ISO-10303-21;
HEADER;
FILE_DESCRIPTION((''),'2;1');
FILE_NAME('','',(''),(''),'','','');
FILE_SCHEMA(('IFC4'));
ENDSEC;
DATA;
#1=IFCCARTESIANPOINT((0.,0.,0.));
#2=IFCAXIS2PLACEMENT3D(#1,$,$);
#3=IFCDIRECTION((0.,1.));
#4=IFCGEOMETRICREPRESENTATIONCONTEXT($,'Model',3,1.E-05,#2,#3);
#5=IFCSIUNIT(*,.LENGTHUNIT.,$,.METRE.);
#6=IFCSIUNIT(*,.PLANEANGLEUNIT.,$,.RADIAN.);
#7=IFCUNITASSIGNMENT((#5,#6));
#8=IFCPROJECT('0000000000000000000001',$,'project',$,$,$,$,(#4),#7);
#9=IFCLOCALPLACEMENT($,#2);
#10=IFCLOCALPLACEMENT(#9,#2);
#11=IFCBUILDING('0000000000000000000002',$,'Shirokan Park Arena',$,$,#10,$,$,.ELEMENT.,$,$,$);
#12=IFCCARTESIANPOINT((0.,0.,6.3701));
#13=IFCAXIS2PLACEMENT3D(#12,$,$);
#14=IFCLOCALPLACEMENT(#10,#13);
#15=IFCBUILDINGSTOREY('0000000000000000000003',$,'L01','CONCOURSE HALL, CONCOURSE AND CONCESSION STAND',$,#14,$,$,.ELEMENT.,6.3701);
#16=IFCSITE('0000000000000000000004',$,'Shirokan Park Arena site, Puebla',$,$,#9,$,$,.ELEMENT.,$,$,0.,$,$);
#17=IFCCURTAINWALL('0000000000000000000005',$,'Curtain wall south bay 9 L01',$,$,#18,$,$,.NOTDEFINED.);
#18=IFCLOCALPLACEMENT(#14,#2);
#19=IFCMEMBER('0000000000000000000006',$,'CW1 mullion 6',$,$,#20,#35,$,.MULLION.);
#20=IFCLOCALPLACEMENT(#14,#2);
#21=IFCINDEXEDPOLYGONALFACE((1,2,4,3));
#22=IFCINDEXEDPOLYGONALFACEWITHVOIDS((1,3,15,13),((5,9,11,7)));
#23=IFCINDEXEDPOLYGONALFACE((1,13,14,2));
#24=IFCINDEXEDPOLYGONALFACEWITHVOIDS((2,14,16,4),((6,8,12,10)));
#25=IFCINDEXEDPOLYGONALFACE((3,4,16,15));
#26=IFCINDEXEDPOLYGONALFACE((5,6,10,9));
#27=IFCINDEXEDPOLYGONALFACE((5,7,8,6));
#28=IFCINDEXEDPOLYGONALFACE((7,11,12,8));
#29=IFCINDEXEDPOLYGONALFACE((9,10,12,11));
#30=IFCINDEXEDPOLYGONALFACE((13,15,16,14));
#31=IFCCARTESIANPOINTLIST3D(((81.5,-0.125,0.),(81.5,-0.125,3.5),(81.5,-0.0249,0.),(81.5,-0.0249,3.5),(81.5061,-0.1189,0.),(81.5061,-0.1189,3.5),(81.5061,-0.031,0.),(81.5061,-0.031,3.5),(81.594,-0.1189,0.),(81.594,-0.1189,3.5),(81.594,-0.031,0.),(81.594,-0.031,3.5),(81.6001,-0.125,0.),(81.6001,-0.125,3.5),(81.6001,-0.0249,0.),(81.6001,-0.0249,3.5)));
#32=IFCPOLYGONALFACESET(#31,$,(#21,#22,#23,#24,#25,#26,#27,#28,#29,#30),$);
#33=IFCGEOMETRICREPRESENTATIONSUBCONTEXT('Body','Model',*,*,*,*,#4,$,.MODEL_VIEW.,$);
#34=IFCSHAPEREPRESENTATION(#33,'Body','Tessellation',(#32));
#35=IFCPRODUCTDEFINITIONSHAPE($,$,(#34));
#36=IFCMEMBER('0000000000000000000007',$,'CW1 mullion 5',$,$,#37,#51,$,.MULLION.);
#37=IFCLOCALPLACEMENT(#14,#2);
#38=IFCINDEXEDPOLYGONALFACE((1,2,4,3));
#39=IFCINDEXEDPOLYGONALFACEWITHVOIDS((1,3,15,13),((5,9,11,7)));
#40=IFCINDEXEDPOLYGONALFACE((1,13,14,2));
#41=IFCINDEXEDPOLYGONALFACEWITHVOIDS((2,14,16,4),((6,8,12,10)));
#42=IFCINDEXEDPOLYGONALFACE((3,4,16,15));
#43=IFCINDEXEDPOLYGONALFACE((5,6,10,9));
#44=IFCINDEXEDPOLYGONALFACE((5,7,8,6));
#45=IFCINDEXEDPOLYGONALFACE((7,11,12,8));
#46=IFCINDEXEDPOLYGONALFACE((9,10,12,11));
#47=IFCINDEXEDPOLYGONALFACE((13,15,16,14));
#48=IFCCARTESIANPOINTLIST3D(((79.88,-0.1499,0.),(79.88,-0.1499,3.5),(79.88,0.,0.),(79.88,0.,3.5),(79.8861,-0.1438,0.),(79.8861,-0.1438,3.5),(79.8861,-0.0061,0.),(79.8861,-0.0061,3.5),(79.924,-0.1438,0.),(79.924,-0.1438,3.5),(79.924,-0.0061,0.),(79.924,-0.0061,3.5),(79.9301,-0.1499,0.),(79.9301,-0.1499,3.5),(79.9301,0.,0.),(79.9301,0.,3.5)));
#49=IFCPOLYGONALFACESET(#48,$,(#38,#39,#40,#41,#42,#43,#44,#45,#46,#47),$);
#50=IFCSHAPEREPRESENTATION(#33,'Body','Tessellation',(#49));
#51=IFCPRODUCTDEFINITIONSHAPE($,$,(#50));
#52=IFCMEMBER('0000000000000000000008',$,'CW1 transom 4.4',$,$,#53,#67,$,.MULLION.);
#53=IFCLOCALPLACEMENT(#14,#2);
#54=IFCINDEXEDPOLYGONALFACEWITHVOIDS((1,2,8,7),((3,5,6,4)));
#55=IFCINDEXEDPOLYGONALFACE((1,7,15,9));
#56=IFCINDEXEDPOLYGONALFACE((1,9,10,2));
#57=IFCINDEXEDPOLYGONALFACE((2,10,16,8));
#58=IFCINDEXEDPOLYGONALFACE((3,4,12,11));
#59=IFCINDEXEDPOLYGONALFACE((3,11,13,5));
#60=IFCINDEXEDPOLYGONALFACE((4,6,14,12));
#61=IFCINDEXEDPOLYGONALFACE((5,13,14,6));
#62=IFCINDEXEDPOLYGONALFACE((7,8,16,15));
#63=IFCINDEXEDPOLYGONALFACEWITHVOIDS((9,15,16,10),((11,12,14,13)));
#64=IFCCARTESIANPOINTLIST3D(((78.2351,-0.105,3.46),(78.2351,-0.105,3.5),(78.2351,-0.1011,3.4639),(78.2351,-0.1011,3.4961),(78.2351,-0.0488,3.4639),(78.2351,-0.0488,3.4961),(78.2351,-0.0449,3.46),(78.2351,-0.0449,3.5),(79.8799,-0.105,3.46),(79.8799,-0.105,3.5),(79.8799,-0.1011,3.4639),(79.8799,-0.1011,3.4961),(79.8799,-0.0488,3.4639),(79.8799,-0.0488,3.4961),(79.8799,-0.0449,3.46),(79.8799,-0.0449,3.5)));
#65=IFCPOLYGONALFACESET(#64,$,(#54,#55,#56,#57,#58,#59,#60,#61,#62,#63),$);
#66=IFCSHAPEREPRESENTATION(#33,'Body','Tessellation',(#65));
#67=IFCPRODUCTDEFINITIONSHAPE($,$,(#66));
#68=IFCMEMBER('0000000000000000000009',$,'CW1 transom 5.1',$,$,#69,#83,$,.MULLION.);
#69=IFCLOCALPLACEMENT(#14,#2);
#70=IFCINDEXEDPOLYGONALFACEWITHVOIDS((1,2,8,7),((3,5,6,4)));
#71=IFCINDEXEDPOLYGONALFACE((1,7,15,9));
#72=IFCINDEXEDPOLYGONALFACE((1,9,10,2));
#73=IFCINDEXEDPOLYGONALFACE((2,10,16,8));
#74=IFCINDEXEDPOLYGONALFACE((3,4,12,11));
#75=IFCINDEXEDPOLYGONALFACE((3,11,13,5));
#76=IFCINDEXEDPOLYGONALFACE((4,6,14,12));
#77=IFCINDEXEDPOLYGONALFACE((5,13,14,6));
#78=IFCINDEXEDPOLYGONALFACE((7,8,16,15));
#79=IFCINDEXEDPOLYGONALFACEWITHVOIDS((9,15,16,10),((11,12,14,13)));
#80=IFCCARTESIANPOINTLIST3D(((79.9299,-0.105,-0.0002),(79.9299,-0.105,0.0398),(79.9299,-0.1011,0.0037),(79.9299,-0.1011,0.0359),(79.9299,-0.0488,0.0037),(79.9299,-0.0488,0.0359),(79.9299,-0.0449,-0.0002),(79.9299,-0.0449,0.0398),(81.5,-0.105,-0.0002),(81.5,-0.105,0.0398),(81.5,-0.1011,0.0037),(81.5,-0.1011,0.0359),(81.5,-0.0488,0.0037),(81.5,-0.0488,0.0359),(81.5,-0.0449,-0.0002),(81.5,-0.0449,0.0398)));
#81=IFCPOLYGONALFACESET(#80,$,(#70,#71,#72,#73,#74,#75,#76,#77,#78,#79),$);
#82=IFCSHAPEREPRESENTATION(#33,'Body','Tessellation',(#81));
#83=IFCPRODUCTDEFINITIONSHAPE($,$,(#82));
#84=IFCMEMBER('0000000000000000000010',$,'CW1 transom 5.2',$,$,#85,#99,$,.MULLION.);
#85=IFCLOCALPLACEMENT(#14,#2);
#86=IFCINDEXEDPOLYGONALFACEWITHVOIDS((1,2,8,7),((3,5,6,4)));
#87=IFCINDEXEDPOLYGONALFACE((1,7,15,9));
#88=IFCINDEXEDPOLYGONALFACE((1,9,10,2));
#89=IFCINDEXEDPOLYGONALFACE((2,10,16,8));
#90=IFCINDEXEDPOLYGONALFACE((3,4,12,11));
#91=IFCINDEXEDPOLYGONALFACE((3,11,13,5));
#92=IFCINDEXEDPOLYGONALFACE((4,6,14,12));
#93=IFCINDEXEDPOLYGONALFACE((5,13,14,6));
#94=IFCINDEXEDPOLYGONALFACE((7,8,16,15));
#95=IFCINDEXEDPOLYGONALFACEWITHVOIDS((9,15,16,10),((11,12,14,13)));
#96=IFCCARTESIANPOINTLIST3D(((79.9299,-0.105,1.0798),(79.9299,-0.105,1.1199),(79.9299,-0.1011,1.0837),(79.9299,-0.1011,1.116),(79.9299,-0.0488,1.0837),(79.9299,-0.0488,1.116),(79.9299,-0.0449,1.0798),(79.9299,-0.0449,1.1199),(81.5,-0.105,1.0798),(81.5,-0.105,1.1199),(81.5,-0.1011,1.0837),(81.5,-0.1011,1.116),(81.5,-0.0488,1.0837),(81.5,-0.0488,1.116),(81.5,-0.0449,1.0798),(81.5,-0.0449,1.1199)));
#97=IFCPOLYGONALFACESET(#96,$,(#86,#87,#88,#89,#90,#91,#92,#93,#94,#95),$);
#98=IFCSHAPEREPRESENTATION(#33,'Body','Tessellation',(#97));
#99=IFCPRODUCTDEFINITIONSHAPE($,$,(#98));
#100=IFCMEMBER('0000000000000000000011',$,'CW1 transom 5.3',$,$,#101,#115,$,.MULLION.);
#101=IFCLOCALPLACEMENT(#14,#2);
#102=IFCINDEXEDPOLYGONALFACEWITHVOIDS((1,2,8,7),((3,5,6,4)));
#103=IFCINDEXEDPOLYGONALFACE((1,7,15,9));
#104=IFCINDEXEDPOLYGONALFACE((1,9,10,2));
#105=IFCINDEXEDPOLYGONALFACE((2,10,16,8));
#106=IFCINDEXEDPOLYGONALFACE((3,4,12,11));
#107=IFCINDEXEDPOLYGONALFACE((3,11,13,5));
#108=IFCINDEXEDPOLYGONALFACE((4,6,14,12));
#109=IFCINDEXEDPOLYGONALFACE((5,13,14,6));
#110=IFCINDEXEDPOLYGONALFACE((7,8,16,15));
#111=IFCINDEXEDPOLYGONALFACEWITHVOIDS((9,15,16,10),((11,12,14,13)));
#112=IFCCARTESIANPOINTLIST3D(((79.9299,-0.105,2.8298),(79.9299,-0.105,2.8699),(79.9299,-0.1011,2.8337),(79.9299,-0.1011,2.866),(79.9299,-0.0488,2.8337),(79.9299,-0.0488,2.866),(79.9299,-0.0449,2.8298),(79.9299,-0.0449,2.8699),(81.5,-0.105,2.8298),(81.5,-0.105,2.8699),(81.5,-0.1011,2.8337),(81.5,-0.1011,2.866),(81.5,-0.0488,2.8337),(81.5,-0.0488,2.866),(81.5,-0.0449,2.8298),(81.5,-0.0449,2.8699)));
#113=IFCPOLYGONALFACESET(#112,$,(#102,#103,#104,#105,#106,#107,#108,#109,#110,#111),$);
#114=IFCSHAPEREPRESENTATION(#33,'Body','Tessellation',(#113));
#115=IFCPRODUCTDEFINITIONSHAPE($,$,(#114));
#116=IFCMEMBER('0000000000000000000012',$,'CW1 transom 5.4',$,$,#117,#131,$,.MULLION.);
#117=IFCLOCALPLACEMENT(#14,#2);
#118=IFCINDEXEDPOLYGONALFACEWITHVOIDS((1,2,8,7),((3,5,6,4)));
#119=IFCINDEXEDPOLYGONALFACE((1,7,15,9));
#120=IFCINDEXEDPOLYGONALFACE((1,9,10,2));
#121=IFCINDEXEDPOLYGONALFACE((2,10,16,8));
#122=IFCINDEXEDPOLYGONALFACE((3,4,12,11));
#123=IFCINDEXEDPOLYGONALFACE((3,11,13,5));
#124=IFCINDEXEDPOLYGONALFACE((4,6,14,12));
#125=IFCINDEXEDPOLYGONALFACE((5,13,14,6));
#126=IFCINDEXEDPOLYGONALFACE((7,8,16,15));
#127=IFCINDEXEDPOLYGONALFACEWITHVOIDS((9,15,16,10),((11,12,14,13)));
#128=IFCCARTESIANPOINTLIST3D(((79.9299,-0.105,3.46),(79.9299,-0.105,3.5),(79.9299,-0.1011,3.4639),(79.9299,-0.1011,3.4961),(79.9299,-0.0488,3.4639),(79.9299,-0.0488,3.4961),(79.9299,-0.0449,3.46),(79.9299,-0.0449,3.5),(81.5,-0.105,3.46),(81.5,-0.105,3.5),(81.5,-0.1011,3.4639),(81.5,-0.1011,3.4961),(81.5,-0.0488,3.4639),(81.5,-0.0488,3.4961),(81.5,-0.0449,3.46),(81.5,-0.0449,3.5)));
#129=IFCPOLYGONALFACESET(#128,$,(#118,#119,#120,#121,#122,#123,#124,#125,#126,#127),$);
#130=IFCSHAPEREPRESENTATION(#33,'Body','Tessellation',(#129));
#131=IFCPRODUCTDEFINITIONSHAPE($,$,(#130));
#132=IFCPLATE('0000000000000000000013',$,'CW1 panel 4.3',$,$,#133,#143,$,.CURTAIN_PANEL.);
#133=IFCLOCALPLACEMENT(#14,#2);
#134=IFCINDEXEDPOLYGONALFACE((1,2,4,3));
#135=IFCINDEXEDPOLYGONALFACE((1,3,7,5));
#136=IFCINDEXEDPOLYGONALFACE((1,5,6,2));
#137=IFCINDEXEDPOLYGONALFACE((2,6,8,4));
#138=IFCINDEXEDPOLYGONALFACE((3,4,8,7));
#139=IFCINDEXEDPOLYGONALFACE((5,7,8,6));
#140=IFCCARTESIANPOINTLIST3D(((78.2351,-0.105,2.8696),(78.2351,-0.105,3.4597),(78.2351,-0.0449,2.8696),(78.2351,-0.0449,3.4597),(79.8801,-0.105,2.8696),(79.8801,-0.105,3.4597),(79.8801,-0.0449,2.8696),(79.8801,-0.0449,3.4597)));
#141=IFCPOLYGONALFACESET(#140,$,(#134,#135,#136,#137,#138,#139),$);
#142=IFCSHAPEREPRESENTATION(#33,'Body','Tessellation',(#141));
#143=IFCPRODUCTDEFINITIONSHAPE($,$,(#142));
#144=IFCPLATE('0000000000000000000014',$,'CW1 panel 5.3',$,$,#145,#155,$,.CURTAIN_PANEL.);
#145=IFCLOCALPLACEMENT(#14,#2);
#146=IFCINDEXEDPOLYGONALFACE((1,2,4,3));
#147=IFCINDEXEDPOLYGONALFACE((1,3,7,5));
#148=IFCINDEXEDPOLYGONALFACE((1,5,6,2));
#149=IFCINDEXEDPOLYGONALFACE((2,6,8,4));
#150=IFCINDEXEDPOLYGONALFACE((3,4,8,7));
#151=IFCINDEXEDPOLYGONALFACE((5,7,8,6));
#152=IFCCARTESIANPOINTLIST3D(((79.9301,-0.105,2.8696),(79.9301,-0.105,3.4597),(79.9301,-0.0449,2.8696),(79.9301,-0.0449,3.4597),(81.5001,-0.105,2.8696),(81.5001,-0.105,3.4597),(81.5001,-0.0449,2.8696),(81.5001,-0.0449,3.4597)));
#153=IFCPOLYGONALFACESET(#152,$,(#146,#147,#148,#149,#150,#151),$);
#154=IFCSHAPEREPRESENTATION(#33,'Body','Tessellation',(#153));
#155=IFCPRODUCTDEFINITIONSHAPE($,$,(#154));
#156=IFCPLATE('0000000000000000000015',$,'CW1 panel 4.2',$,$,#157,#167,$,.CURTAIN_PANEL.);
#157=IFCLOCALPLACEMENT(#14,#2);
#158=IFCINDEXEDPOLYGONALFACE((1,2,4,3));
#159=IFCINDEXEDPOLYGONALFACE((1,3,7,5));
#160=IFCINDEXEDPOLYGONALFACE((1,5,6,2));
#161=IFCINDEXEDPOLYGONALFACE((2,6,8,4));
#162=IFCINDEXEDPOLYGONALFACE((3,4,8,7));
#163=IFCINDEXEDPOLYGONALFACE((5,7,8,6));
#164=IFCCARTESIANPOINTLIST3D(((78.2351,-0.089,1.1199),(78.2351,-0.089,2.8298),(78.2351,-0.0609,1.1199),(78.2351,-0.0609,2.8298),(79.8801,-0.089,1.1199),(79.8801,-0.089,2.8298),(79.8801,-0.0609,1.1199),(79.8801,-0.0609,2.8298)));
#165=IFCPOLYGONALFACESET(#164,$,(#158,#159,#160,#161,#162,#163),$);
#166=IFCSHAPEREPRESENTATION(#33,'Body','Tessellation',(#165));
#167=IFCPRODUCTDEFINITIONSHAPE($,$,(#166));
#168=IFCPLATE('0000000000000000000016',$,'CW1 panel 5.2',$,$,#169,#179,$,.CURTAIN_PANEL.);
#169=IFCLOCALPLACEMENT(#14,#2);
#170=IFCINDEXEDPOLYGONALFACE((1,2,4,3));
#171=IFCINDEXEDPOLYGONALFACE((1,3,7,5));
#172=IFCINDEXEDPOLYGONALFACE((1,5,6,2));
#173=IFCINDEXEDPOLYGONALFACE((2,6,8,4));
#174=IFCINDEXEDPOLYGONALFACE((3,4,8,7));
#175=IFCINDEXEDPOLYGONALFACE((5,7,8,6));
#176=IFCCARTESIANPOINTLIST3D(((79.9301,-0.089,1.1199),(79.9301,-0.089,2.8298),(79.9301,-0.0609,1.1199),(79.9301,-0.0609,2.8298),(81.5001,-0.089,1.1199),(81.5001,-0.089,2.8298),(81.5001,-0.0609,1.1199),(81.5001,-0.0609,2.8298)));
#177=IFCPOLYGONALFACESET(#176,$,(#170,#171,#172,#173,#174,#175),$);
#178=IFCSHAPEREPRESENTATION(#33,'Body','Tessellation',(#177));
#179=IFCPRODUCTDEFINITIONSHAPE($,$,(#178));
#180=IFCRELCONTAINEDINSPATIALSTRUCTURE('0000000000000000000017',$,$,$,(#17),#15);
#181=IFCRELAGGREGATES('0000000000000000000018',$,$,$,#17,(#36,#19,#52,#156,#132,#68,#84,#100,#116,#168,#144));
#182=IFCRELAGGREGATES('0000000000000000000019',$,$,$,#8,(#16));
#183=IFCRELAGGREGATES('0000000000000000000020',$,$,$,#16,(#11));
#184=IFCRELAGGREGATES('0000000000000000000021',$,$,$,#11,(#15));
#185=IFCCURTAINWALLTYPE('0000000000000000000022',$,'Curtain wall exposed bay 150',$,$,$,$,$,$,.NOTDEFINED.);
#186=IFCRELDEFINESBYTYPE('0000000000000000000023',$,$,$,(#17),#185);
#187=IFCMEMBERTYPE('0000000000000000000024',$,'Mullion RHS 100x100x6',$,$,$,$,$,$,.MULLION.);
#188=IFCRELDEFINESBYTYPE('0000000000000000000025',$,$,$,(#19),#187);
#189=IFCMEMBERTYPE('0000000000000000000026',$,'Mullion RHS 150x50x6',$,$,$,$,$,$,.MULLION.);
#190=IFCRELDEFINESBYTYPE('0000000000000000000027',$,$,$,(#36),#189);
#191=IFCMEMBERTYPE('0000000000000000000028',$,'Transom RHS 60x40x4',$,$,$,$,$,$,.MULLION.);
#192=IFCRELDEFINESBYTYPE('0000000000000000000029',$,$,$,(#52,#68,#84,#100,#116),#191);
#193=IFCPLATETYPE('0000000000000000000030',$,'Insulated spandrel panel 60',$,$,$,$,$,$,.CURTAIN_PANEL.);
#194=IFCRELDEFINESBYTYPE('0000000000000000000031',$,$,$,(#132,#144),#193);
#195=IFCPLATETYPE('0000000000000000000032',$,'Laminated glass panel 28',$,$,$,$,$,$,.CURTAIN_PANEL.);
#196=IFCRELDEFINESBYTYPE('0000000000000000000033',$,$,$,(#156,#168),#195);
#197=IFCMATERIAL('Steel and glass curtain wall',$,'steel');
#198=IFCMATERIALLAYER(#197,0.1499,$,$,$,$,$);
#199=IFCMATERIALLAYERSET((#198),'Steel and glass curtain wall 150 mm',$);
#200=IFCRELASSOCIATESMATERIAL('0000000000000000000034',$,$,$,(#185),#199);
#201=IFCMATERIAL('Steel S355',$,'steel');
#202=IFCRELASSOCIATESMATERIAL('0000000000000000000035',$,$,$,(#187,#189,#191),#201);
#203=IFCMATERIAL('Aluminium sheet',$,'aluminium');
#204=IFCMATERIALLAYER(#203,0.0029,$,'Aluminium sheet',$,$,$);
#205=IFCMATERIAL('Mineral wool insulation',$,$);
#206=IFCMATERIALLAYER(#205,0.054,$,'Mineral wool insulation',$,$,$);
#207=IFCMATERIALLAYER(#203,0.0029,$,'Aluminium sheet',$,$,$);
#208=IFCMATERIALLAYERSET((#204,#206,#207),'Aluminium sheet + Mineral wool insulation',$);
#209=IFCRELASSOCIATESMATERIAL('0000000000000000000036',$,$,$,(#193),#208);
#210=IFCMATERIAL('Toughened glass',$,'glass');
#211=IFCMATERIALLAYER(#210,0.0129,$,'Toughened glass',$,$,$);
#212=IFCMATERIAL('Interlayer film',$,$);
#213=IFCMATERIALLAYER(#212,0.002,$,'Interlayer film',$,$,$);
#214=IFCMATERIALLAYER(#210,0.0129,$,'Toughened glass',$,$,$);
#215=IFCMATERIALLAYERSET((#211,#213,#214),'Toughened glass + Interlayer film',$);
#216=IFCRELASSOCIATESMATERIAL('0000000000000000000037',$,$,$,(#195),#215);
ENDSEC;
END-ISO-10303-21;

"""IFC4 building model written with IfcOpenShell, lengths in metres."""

from ifc_helpers import new_model, si_unit, direction, frame, origin, origin_2d, place, context, subcontext, project, spatial, rectangle, hollow_rectangle, extrude, material, layer, layer_set, material_profile, profile_set, type_object, element, aggregate, save


model = new_model("IFC4")

# Units and contexts
model_context = context("Model", 3, precision=1e-05, world=origin(), true_north=direction((0.0, 1.0)))
body_context = subcontext(model_context, "Body", "Model", "MODEL_VIEW")
ifc_project = project(units=[si_unit("LENGTHUNIT", "METRE"), si_unit("PLANEANGLEUNIT", "RADIAN")], contexts=[model_context])

# Site, building, storey
site_placement = place(None, origin())
site = spatial("IfcSite", under=ifc_project, at=site_placement, Name="Shirokan Park Arena site, Puebla", CompositionType="ELEMENT", RefElevation=0.0)
building_placement = place(site_placement, origin())
building = spatial("IfcBuilding", under=site, at=building_placement, Name="Shirokan Park Arena", CompositionType="ELEMENT")
storey_placement = place(building_placement, frame((0.0, 0.0, 6.3701)))
storey = spatial("IfcBuildingStorey", under=building, at=storey_placement, Name="L01", Description="CONCOURSE HALL, CONCOURSE AND CONCESSION STAND", CompositionType="ELEMENT", Elevation=6.3701)

# Curtain wall, members, plates
ifc_material_1 = material(Name="Steel and glass curtain wall", Category="steel")
ifc_layer_1 = layer(ifc_material_1, 0.1499)
ifc_layer_set_1 = layer_set([ifc_layer_1], Name="Steel and glass curtain wall 150 mm")
curtain_wall_type = type_object("IfcCurtainWallType", Name="Curtain wall exposed bay 150", PredefinedType="NOTDEFINED", material=ifc_layer_set_1)
curtain_wall_placement = place(storey_placement, origin())
curtain_wall = element("IfcCurtainWall", 1, at=curtain_wall_placement, inside=storey, type_object=curtain_wall_type, Name="Curtain wall south bay 9 L01", PredefinedType="NOTDEFINED")
ifc_material_2 = material(Name="Steel S355", Category="steel")
ifc_material_profile_1 = material_profile(ifc_material_2, hollow_rectangle(XDim=0.1001, YDim=0.1001, WallThickness=0.0061, at=origin_2d()), Name="RHS 100x100x6")
ifc_profile_set_1 = profile_set([ifc_material_profile_1], Name="Steel S355")
member_type_1 = type_object("IfcMemberType", Name="Mullion RHS 100x100x6", PredefinedType="MULLION", material=ifc_profile_set_1)
member_1_placement = place(storey_placement, frame((81.55, -0.075, 0.0), z_axis=(0.0, 0.0, 1.0), x_axis=(0.0, 1.0, 0.0)))
member_1 = element("IfcMember", 2, at=member_1_placement, type_object=member_type_1, Name="CW1 mullion 6", PredefinedType="MULLION", context=body_context, shape_type="SweptSolid", body=[
    extrude(hollow_rectangle(XDim=0.1001, YDim=0.1001, WallThickness=0.0061, at=origin_2d()), origin(), (0.0, 0.0, 1.0), 3.5),
])
ifc_material_profile_2 = material_profile(ifc_material_2, hollow_rectangle(XDim=0.1499, YDim=0.05, WallThickness=0.0061, at=origin_2d()), Name="RHS 150x50x6")
ifc_profile_set_2 = profile_set([ifc_material_profile_2], Name="Steel S355")
member_type_2 = type_object("IfcMemberType", Name="Mullion RHS 150x50x6", PredefinedType="MULLION", material=ifc_profile_set_2)
member_2_placement = place(storey_placement, frame((79.905, -0.075, 0.0), z_axis=(0.0, 0.0, 1.0), x_axis=(0.0, 1.0, 0.0)))
member_2 = element("IfcMember", 3, at=member_2_placement, type_object=member_type_2, Name="CW1 mullion 5", PredefinedType="MULLION", context=body_context, shape_type="SweptSolid", body=[
    extrude(hollow_rectangle(XDim=0.1499, YDim=0.05, WallThickness=0.0061, at=origin_2d()), origin(), (0.0, 0.0, 1.0), 3.5),
])
ifc_material_profile_3 = material_profile(ifc_material_2, hollow_rectangle(XDim=0.0601, YDim=0.04, WallThickness=0.0039, at=origin_2d()), Name="RHS 60x40x4")
ifc_profile_set_3 = profile_set([ifc_material_profile_3], Name="Steel S355")
member_type_3 = type_object("IfcMemberType", Name="Transom RHS 60x40x4", PredefinedType="MULLION", material=ifc_profile_set_3)
member_3_placement = place(storey_placement, frame((78.2351, -0.075, 3.48), z_axis=(1.0, 0.0, 0.0), x_axis=(0.0, 1.0, 0.0)))
member_3 = element("IfcMember", 4, at=member_3_placement, type_object=member_type_3, Name="CW1 transom 4.4", PredefinedType="MULLION", context=body_context, shape_type="SweptSolid", body=[
    extrude(hollow_rectangle(XDim=0.0601, YDim=0.04, WallThickness=0.0039, at=origin_2d()), origin(), (0.0, 0.0, 1.0), 1.6448),
])
member_4_placement = place(storey_placement, frame((79.9299, -0.075, 0.0198), z_axis=(1.0, 0.0, 0.0), x_axis=(0.0, 1.0, 0.0)))
member_4 = element("IfcMember", 5, at=member_4_placement, type_object=member_type_3, Name="CW1 transom 5.1", PredefinedType="MULLION", context=body_context, shape_type="SweptSolid", body=[
    extrude(hollow_rectangle(XDim=0.0601, YDim=0.04, WallThickness=0.0039, at=origin_2d()), origin(), (0.0, 0.0, 1.0), 1.5701),
])
member_5_placement = place(storey_placement, frame((79.9299, -0.075, 1.0999), z_axis=(1.0, 0.0, 0.0), x_axis=(0.0, 1.0, 0.0)))
member_5 = element("IfcMember", 6, at=member_5_placement, type_object=member_type_3, Name="CW1 transom 5.2", PredefinedType="MULLION", context=body_context, shape_type="SweptSolid", body=[
    extrude(hollow_rectangle(XDim=0.0601, YDim=0.04, WallThickness=0.0039, at=origin_2d()), origin(), (0.0, 0.0, 1.0), 1.5701),
])
member_6_placement = place(storey_placement, frame((79.9299, -0.075, 2.8499), z_axis=(1.0, 0.0, 0.0), x_axis=(0.0, 1.0, 0.0)))
member_6 = element("IfcMember", 7, at=member_6_placement, type_object=member_type_3, Name="CW1 transom 5.3", PredefinedType="MULLION", context=body_context, shape_type="SweptSolid", body=[
    extrude(hollow_rectangle(XDim=0.0601, YDim=0.04, WallThickness=0.0039, at=origin_2d()), origin(), (0.0, 0.0, 1.0), 1.5701),
])
member_7_placement = place(storey_placement, frame((79.9299, -0.075, 3.48), z_axis=(1.0, 0.0, 0.0), x_axis=(0.0, 1.0, 0.0)))
member_7 = element("IfcMember", 8, at=member_7_placement, type_object=member_type_3, Name="CW1 transom 5.4", PredefinedType="MULLION", context=body_context, shape_type="SweptSolid", body=[
    extrude(hollow_rectangle(XDim=0.0601, YDim=0.04, WallThickness=0.0039, at=origin_2d()), origin(), (0.0, 0.0, 1.0), 1.5701),
])
ifc_material_3 = material(Name="Aluminium sheet", Category="aluminium")
ifc_layer_2 = layer(ifc_material_3, 0.0029, Name="Aluminium sheet")
ifc_material_4 = material(Name="Mineral wool insulation")
ifc_layer_3 = layer(ifc_material_4, 0.054, Name="Mineral wool insulation")
ifc_layer_4 = layer(ifc_material_3, 0.0029, Name="Aluminium sheet")
ifc_layer_set_2 = layer_set([ifc_layer_2, ifc_layer_3, ifc_layer_4], Name="Aluminium sheet + Mineral wool insulation")
plate_type_1 = type_object("IfcPlateType", Name="Insulated spandrel panel 60", PredefinedType="CURTAIN_PANEL", material=ifc_layer_set_2)
plate_1_placement = place(storey_placement, frame((79.0576, -0.075, 2.8696), z_axis=(0.0, 0.0, 1.0), x_axis=(1.0, 0.0, 0.0)))
plate_1 = element("IfcPlate", 9, at=plate_1_placement, type_object=plate_type_1, Name="CW1 panel 4.3", PredefinedType="CURTAIN_PANEL", context=body_context, shape_type="SweptSolid", body=[
    extrude(rectangle(XDim=1.645, YDim=0.0601, at=origin_2d()), origin(), (0.0, 0.0, 1.0), 0.5901),
])
plate_2_placement = place(storey_placement, frame((80.7151, -0.075, 2.8696), z_axis=(0.0, 0.0, 1.0), x_axis=(1.0, 0.0, 0.0)))
plate_2 = element("IfcPlate", 10, at=plate_2_placement, type_object=plate_type_1, Name="CW1 panel 5.3", PredefinedType="CURTAIN_PANEL", context=body_context, shape_type="SweptSolid", body=[
    extrude(rectangle(XDim=1.5701, YDim=0.0601, at=origin_2d()), origin(), (0.0, 0.0, 1.0), 0.5901),
])
ifc_material_5 = material(Name="Toughened glass", Category="glass")
ifc_layer_5 = layer(ifc_material_5, 0.0129, Name="Toughened glass")
ifc_material_6 = material(Name="Interlayer film")
ifc_layer_6 = layer(ifc_material_6, 0.002, Name="Interlayer film")
ifc_layer_7 = layer(ifc_material_5, 0.0129, Name="Toughened glass")
ifc_layer_set_3 = layer_set([ifc_layer_5, ifc_layer_6, ifc_layer_7], Name="Toughened glass + Interlayer film")
plate_type_2 = type_object("IfcPlateType", Name="Laminated glass panel 28", PredefinedType="CURTAIN_PANEL", material=ifc_layer_set_3)
plate_3_placement = place(storey_placement, frame((79.0576, -0.075, 1.1199), z_axis=(0.0, 0.0, 1.0), x_axis=(1.0, 0.0, 0.0)))
plate_3 = element("IfcPlate", 11, at=plate_3_placement, type_object=plate_type_2, Name="CW1 panel 4.2", PredefinedType="CURTAIN_PANEL", context=body_context, shape_type="SweptSolid", body=[
    extrude(rectangle(XDim=1.645, YDim=0.0281, at=origin_2d()), origin(), (0.0, 0.0, 1.0), 1.71),
])
plate_4_placement = place(storey_placement, frame((80.7151, -0.075, 1.1199), z_axis=(0.0, 0.0, 1.0), x_axis=(1.0, 0.0, 0.0)))
plate_4 = element("IfcPlate", 12, at=plate_4_placement, type_object=plate_type_2, Name="CW1 panel 5.2", PredefinedType="CURTAIN_PANEL", context=body_context, shape_type="SweptSolid", body=[
    extrude(rectangle(XDim=1.5701, YDim=0.0281, at=origin_2d()), origin(), (0.0, 0.0, 1.0), 1.71),
])
aggregate(curtain_wall, [member_2, member_1, member_3, plate_3, plate_1, member_4, member_5, member_6, member_7, plate_4, plate_2])

save(model, "model.ifc")
